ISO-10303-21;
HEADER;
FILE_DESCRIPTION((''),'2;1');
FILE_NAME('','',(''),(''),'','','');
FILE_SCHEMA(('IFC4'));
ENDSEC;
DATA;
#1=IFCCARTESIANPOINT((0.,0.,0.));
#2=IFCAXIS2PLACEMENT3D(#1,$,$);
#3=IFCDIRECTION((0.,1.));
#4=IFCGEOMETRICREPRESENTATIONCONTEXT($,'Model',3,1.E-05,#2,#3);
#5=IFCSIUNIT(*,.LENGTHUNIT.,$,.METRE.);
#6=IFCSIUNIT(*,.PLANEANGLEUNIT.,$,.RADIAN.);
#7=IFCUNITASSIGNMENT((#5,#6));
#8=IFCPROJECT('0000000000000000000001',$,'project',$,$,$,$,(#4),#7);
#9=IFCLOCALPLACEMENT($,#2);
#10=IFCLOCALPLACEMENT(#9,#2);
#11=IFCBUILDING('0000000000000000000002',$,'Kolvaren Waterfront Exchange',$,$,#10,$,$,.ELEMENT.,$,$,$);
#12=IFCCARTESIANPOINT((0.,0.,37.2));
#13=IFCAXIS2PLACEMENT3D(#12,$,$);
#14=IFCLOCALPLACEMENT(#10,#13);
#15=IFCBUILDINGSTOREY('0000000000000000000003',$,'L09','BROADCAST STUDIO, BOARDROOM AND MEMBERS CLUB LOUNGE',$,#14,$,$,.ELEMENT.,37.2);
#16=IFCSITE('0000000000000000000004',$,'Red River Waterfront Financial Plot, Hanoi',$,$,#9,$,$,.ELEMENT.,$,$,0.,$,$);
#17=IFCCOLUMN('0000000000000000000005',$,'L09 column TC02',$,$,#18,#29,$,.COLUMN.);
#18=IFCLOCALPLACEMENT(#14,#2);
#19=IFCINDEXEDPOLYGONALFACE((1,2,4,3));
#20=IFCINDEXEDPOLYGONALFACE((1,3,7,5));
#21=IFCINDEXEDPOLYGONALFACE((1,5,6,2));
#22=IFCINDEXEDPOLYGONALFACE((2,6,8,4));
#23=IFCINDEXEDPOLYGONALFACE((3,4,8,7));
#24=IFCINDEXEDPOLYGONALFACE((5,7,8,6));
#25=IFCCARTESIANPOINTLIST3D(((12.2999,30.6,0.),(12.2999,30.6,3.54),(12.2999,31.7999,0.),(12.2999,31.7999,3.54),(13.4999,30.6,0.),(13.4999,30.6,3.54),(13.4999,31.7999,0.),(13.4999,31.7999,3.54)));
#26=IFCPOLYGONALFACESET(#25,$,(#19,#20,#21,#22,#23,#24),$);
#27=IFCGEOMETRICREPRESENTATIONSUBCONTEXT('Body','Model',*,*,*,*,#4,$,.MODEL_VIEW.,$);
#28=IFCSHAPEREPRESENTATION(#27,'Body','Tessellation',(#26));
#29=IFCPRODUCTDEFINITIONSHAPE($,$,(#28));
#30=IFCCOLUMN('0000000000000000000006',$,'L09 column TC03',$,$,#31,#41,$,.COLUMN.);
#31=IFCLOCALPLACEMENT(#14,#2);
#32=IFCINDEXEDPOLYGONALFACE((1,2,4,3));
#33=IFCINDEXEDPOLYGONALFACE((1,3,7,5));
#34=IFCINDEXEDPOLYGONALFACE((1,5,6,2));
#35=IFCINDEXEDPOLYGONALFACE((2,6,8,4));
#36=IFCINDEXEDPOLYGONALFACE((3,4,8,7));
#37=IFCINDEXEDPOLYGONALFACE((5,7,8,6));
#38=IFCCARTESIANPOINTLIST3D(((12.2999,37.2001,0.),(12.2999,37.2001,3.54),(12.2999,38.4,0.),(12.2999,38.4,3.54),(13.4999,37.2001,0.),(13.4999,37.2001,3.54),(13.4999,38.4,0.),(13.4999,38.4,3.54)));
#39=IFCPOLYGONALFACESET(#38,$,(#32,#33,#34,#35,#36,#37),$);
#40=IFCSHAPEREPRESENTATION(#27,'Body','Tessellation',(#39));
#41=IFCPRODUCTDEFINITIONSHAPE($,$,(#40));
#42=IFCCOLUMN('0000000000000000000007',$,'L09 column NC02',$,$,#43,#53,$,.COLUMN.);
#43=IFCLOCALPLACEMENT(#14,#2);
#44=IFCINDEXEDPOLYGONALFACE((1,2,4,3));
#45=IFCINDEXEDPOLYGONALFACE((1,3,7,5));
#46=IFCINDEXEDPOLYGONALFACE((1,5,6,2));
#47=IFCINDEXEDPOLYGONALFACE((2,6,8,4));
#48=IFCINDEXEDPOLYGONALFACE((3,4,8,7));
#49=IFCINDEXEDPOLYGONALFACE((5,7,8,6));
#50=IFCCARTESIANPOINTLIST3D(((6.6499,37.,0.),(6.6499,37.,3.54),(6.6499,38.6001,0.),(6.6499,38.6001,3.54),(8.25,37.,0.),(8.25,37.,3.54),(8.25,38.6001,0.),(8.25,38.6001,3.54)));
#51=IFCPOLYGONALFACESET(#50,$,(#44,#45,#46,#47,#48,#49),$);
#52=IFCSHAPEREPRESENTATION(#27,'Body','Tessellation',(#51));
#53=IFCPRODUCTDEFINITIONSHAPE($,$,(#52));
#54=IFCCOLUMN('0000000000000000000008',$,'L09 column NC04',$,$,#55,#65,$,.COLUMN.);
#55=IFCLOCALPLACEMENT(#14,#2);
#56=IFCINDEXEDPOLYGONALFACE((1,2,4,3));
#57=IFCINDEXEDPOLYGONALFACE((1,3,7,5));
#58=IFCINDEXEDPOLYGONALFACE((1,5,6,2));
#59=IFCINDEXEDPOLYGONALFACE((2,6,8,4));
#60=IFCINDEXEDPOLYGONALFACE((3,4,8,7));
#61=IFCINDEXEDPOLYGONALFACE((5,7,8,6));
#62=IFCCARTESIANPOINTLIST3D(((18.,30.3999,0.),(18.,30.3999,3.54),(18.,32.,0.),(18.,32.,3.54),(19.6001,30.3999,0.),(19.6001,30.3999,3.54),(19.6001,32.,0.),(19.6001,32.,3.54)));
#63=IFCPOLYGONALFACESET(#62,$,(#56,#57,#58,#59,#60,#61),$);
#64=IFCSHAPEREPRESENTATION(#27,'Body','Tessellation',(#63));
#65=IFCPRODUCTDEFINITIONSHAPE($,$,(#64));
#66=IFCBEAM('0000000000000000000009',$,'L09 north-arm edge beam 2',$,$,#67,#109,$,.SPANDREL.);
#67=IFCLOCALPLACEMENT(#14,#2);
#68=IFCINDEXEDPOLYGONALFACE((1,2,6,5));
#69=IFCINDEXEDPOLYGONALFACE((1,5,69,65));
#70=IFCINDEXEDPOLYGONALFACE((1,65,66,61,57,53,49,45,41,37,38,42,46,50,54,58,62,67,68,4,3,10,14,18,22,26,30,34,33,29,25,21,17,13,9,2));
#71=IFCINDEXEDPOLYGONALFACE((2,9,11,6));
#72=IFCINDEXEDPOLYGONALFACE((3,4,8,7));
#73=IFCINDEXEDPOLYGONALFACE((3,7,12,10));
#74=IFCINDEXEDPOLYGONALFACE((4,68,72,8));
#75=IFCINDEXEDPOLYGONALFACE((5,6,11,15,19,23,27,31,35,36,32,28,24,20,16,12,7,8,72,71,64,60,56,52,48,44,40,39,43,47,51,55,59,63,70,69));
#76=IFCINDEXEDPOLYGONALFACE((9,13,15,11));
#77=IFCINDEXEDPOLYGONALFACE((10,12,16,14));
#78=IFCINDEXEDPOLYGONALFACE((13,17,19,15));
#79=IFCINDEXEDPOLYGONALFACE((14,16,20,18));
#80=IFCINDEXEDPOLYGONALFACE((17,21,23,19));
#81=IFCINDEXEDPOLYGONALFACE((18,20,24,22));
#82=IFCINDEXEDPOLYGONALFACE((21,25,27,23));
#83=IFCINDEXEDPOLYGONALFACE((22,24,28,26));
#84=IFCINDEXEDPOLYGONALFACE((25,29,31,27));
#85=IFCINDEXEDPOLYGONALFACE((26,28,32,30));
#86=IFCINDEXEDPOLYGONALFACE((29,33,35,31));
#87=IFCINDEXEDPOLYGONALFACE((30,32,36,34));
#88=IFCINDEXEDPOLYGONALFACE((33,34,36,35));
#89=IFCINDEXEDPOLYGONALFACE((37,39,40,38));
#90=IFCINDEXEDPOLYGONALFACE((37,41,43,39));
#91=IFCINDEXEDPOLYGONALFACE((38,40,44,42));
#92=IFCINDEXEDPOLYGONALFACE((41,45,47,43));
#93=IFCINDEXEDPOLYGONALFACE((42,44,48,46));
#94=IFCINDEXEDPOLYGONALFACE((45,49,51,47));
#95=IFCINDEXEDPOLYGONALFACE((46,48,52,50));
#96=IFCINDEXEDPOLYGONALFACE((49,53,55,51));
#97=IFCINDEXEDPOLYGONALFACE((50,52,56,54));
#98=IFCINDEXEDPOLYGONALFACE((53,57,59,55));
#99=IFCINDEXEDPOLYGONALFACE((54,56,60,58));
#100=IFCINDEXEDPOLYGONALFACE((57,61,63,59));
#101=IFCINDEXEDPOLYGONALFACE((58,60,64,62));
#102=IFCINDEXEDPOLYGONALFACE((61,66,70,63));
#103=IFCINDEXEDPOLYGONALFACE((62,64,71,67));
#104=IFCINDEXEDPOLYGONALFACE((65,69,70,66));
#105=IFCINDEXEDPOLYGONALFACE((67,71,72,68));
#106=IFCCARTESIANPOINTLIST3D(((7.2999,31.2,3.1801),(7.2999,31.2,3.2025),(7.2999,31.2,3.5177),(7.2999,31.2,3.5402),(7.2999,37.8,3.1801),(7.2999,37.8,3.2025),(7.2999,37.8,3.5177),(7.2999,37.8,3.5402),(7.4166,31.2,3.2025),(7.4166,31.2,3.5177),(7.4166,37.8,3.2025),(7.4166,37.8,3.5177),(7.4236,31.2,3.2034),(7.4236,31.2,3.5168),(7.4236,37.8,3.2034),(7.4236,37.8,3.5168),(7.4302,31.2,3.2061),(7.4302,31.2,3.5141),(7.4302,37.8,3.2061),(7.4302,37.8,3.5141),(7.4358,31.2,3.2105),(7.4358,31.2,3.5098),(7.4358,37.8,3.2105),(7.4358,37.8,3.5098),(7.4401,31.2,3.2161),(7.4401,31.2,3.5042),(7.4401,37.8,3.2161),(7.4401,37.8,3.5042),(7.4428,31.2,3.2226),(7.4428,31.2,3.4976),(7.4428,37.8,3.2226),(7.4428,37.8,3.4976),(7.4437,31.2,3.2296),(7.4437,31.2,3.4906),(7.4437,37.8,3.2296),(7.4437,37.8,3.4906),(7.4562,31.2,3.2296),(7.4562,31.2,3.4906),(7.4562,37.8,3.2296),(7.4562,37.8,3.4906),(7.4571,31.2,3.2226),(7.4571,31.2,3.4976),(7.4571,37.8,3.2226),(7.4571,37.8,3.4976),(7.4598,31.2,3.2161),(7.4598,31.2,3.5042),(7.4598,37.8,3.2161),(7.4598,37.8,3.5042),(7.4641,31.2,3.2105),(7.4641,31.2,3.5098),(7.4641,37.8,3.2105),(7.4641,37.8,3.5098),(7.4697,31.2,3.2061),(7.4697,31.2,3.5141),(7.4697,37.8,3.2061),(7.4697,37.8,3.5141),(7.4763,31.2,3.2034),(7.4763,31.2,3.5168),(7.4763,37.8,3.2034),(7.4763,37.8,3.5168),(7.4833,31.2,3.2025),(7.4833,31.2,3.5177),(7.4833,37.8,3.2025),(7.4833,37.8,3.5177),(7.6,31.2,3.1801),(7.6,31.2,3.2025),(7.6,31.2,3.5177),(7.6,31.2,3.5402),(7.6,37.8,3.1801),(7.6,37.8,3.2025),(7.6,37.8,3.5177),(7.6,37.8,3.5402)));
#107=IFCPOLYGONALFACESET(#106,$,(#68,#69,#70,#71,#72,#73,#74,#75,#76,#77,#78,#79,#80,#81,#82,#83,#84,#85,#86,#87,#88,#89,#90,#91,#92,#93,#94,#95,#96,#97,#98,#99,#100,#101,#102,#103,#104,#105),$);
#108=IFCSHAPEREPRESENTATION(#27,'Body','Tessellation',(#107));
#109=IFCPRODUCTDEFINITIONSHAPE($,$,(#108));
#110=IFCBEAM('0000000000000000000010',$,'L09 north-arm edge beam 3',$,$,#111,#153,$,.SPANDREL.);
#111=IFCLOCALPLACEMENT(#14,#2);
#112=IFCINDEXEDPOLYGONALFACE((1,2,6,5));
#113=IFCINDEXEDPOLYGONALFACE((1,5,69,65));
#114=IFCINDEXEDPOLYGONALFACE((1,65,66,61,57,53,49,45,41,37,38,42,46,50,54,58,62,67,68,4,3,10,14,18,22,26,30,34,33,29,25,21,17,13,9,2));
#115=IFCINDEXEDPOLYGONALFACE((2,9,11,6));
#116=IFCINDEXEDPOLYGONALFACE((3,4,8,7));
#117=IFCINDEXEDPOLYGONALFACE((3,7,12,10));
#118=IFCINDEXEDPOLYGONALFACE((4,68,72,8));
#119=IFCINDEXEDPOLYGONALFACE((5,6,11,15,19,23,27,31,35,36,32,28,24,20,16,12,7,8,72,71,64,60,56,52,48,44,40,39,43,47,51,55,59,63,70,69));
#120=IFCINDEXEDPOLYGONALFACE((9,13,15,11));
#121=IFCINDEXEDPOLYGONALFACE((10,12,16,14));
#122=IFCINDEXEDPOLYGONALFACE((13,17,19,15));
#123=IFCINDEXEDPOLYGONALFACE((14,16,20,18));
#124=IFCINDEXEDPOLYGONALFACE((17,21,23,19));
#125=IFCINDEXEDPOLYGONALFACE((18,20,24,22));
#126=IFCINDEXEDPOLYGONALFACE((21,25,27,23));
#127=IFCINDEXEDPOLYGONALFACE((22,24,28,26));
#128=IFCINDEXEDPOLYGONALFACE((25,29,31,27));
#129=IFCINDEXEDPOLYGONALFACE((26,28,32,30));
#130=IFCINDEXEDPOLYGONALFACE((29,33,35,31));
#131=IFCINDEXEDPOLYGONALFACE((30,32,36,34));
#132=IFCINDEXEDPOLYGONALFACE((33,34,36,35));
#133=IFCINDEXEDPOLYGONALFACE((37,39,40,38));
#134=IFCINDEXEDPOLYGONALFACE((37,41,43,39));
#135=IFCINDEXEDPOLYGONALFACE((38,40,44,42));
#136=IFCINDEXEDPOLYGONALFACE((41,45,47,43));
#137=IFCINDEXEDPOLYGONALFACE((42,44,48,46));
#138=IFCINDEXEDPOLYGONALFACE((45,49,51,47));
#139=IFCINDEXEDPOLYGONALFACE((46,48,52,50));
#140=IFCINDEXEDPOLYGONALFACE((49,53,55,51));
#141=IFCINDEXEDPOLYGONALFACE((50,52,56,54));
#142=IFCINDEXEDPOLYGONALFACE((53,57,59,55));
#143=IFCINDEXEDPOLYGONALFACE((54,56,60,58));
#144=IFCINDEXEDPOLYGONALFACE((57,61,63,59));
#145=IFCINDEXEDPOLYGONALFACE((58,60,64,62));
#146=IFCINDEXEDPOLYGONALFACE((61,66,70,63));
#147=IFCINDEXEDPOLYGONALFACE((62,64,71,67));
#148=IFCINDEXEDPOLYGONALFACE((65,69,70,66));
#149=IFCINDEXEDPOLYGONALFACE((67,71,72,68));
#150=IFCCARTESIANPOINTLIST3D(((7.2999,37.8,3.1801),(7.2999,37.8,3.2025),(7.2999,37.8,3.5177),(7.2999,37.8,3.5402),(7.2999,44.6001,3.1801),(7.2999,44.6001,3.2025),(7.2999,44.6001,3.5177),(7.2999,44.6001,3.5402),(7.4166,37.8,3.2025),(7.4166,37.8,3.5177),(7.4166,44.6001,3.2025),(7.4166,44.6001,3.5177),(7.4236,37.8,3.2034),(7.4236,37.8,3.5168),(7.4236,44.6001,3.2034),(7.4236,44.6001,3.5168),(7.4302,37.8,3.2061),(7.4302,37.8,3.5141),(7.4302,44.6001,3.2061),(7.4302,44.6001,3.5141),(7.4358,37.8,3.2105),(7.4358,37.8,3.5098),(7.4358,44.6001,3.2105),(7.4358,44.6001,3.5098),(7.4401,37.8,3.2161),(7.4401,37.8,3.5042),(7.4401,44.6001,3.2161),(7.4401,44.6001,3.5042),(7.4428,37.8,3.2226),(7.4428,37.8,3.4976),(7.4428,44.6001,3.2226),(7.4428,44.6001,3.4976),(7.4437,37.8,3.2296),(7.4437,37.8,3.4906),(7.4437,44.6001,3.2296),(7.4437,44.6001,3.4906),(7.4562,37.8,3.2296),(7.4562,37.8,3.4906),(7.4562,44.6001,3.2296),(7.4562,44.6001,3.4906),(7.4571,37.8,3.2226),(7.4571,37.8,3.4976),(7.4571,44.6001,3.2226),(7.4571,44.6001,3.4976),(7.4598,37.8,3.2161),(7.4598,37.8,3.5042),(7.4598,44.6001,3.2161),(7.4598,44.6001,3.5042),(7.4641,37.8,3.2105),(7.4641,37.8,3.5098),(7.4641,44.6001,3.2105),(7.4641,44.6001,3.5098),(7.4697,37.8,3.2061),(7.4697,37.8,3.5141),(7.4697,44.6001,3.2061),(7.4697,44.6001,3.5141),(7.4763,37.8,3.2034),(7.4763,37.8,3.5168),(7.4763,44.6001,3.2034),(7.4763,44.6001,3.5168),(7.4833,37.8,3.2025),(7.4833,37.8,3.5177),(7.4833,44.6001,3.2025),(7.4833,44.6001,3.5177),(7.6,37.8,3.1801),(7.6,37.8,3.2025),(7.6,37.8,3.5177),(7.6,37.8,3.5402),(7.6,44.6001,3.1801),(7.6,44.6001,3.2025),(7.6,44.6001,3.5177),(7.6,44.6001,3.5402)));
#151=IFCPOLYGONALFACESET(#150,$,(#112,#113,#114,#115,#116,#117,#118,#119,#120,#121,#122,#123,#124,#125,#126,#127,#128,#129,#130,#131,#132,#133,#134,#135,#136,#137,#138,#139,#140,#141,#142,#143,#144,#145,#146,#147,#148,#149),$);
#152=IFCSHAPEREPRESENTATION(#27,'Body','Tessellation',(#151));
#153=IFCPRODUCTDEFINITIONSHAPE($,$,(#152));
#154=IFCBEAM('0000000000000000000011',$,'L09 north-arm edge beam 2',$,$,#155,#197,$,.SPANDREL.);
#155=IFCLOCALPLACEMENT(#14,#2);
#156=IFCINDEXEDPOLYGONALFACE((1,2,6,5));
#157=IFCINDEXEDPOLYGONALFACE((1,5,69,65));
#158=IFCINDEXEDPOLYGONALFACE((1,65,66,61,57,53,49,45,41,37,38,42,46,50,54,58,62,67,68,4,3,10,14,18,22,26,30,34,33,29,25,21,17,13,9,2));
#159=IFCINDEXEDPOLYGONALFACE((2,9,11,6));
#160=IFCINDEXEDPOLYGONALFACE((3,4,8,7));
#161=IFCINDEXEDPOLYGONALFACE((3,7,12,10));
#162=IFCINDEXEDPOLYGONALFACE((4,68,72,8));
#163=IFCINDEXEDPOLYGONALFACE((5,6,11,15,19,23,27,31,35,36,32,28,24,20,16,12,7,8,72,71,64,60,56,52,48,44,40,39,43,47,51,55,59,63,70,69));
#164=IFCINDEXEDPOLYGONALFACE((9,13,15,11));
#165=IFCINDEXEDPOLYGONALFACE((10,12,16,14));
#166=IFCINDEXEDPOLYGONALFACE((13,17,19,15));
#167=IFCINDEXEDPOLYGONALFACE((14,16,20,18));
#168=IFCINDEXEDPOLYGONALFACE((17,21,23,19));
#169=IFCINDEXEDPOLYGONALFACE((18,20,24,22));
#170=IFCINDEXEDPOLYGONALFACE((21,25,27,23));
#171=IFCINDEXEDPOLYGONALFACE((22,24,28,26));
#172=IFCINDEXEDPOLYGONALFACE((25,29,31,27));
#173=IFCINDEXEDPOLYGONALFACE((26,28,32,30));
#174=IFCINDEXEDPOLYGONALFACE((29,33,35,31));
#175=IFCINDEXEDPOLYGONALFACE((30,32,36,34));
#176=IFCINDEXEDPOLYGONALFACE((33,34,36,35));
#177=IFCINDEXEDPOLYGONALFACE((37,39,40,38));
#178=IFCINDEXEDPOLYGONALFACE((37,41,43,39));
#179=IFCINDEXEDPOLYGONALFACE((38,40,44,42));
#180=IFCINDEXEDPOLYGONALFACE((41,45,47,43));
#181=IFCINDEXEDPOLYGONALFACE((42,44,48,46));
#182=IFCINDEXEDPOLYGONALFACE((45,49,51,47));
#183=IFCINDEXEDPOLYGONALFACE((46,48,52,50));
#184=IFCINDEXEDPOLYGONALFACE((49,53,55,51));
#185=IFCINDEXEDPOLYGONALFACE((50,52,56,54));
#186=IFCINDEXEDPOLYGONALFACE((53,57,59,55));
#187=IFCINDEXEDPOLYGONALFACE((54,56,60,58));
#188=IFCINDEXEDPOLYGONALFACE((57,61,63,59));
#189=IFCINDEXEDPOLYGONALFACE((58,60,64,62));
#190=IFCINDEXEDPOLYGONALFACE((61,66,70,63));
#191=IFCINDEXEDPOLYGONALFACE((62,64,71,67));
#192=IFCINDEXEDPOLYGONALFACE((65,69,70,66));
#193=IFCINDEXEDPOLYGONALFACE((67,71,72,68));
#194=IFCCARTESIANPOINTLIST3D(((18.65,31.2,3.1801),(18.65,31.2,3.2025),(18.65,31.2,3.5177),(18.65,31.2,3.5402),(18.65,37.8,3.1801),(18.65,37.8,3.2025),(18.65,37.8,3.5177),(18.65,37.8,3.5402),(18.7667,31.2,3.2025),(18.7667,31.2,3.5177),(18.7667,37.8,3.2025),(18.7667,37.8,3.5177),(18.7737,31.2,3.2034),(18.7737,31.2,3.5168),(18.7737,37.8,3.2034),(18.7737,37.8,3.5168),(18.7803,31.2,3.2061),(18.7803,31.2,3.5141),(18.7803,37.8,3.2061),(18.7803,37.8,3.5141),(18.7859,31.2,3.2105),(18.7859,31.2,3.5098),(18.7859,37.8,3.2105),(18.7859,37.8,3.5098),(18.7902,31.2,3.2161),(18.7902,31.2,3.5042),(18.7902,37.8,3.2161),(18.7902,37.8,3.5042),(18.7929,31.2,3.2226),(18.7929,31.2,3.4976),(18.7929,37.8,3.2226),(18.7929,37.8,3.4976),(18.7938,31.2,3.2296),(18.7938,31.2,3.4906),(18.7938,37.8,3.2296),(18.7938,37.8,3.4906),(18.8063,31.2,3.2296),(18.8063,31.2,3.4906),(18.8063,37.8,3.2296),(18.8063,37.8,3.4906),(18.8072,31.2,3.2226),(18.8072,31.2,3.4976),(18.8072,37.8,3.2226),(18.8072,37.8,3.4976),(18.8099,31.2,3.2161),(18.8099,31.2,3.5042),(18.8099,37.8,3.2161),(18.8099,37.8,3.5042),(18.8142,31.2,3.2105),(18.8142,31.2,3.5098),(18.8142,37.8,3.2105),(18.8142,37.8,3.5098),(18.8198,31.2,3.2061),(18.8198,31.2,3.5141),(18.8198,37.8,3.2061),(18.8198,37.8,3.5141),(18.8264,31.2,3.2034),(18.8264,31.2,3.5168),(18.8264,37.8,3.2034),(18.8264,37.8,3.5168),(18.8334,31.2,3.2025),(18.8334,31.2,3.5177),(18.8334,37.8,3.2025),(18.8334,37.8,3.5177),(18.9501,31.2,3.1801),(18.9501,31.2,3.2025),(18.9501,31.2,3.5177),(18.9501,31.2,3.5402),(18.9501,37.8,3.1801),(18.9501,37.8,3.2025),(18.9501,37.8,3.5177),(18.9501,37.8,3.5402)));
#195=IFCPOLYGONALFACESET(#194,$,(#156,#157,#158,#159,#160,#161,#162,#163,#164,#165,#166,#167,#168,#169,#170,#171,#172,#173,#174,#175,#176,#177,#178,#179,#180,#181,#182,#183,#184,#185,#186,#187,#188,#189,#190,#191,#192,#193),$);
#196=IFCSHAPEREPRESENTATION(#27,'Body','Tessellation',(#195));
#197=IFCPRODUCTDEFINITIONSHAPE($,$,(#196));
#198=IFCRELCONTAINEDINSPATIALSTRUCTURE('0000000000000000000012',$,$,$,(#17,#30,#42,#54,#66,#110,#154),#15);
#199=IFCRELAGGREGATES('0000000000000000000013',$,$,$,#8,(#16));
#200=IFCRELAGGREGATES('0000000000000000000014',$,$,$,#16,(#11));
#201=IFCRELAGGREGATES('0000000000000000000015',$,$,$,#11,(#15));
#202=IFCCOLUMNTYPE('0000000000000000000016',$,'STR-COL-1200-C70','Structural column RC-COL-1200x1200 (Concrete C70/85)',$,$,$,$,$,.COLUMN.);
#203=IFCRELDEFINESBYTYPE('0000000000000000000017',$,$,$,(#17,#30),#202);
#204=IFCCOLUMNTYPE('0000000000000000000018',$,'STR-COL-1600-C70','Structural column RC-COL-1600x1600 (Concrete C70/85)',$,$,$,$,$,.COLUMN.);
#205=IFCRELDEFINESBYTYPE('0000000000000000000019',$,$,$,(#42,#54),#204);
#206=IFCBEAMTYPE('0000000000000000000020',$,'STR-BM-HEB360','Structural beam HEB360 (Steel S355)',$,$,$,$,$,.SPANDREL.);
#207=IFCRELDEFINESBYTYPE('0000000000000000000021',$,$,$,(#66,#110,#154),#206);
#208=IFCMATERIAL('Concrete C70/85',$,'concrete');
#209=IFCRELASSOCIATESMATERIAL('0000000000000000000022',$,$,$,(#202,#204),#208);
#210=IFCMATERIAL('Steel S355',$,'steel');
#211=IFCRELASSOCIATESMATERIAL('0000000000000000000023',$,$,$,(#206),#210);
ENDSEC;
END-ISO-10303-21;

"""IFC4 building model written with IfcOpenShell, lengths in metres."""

from ifc_helpers import new_model, si_unit, direction, frame, origin, origin_2d, place, context, subcontext, project, spatial, rectangle, i_section, extrude, material, material_profile, profile_set, type_object, element, save


model = new_model("IFC4")

# Units and contexts
model_context = context("Model", 3, precision=1e-05, world=origin(), true_north=direction((0.0, 1.0)))
body_context = subcontext(model_context, "Body", "Model", "MODEL_VIEW")
ifc_project = project(units=[si_unit("LENGTHUNIT", "METRE"), si_unit("PLANEANGLEUNIT", "RADIAN")], contexts=[model_context])

# Site, building, storey
site_placement = place(None, origin())
site = spatial("IfcSite", under=ifc_project, at=site_placement, Name="Red River Waterfront Financial Plot, Hanoi", CompositionType="ELEMENT", RefElevation=0.0)
building_placement = place(site_placement, origin())
building = spatial("IfcBuilding", under=site, at=building_placement, Name="Kolvaren Waterfront Exchange", CompositionType="ELEMENT")
storey_placement = place(building_placement, frame((0.0, 0.0, 37.2)))
storey = spatial("IfcBuildingStorey", under=building, at=storey_placement, Name="L09", Description="BROADCAST STUDIO, BOARDROOM AND MEMBERS CLUB LOUNGE", CompositionType="ELEMENT", Elevation=37.2)

# Columns
ifc_material_1 = material(Name="Concrete C70/85", Category="concrete")
ifc_material_profile_1 = material_profile(ifc_material_1, rectangle(XDim=1.2, YDim=1.2, at=origin_2d()), Name="RC-COL-1200x1200")
ifc_profile_set_1 = profile_set([ifc_material_profile_1], Name="Concrete C70/85")
column_type_1 = type_object("IfcColumnType", Name="STR-COL-1200-C70", Description="Structural column RC-COL-1200x1200 (Concrete C70/85)", PredefinedType="COLUMN", material=ifc_profile_set_1)
for number, where, z_axis, x_axis, name in (
    (1, (12.8999, 31.2, 0.0), (0.0, 0.0, 1.0), (1.0, 0.0, 0.0), "L09 column TC02"),
    (2, (12.8999, 37.8, 0.0), (0.0, 0.0, 1.0), (1.0, 0.0, 0.0), "L09 column TC03"),
):
    element("IfcColumn", number, at=place(storey_placement, frame(where, z_axis=z_axis, x_axis=x_axis)), inside=storey, type_object=column_type_1, Name=name, PredefinedType="COLUMN", context=body_context, shape_type="SweptSolid", body=[
        extrude(rectangle(XDim=1.2, YDim=1.2, at=origin_2d()), origin(), (0.0, 0.0, 1.0), 3.54),
    ])
ifc_material_profile_2 = material_profile(ifc_material_1, rectangle(XDim=1.6001, YDim=1.6001, at=origin_2d()), Name="RC-COL-1600x1600")
ifc_profile_set_2 = profile_set([ifc_material_profile_2], Name="Concrete C70/85")
column_type_2 = type_object("IfcColumnType", Name="STR-COL-1600-C70", Description="Structural column RC-COL-1600x1600 (Concrete C70/85)", PredefinedType="COLUMN", material=ifc_profile_set_2)
for number, where, z_axis, x_axis, name in (
    (3, (7.45, 37.8, 0.0), (0.0, 0.0, 1.0), (1.0, 0.0, 0.0), "L09 column NC02"),
    (4, (18.8, 31.2, 0.0), (0.0, 0.0, 1.0), (1.0, 0.0, 0.0), "L09 column NC04"),
):
    element("IfcColumn", number, at=place(storey_placement, frame(where, z_axis=z_axis, x_axis=x_axis)), inside=storey, type_object=column_type_2, Name=name, PredefinedType="COLUMN", context=body_context, shape_type="SweptSolid", body=[
        extrude(rectangle(XDim=1.6001, YDim=1.6001, at=origin_2d()), origin(), (0.0, 0.0, 1.0), 3.54),
    ])

# Beams
ifc_material_2 = material(Name="Steel S355", Category="steel")
ifc_material_profile_3 = material_profile(ifc_material_2, i_section(OverallWidth=0.3, OverallDepth=0.3601, WebThickness=0.0125, FlangeThickness=0.0225, FilletRadius=0.0271, at=origin_2d()), Name="HEB360")
ifc_profile_set_3 = profile_set([ifc_material_profile_3], Name="Steel S355")
beam_type_1 = type_object("IfcBeamType", Name="STR-BM-HEB360", Description="Structural beam HEB360 (Steel S355)", PredefinedType="SPANDREL", material=ifc_profile_set_3)
beam_1_placement = place(storey_placement, frame((7.45, 31.2, 3.3601), z_axis=(0.0, 1.0, 0.0), x_axis=(-1.0, 0.0, 0.0)))
element("IfcBeam", 5, at=beam_1_placement, inside=storey, type_object=beam_type_1, Name="L09 north-arm edge beam 2", PredefinedType="SPANDREL", context=body_context, shape_type="SweptSolid", body=[
    extrude(i_section(OverallWidth=0.3, OverallDepth=0.3601, WebThickness=0.0125, FlangeThickness=0.0225, FilletRadius=0.0271, at=origin_2d()), origin(), (0.0, 0.0, 1.0), 6.6001),
])
beam_2_placement = place(storey_placement, frame((7.45, 37.8, 3.3601), z_axis=(0.0, 1.0, 0.0), x_axis=(-1.0, 0.0, 0.0)))
element("IfcBeam", 6, at=beam_2_placement, inside=storey, type_object=beam_type_1, Name="L09 north-arm edge beam 3", PredefinedType="SPANDREL", context=body_context, shape_type="SweptSolid", body=[
    extrude(i_section(OverallWidth=0.3, OverallDepth=0.3601, WebThickness=0.0125, FlangeThickness=0.0225, FilletRadius=0.0271, at=origin_2d()), origin(), (0.0, 0.0, 1.0), 6.8),
])
beam_3_placement = place(storey_placement, frame((18.8, 31.2, 3.3601), z_axis=(0.0, 1.0, 0.0), x_axis=(-1.0, 0.0, 0.0)))
element("IfcBeam", 7, at=beam_3_placement, inside=storey, type_object=beam_type_1, Name="L09 north-arm edge beam 2", PredefinedType="SPANDREL", context=body_context, shape_type="SweptSolid", body=[
    extrude(i_section(OverallWidth=0.3, OverallDepth=0.3601, WebThickness=0.0125, FlangeThickness=0.0225, FilletRadius=0.0271, at=origin_2d()), origin(), (0.0, 0.0, 1.0), 6.6001),
])

save(model, "model.ifc")
